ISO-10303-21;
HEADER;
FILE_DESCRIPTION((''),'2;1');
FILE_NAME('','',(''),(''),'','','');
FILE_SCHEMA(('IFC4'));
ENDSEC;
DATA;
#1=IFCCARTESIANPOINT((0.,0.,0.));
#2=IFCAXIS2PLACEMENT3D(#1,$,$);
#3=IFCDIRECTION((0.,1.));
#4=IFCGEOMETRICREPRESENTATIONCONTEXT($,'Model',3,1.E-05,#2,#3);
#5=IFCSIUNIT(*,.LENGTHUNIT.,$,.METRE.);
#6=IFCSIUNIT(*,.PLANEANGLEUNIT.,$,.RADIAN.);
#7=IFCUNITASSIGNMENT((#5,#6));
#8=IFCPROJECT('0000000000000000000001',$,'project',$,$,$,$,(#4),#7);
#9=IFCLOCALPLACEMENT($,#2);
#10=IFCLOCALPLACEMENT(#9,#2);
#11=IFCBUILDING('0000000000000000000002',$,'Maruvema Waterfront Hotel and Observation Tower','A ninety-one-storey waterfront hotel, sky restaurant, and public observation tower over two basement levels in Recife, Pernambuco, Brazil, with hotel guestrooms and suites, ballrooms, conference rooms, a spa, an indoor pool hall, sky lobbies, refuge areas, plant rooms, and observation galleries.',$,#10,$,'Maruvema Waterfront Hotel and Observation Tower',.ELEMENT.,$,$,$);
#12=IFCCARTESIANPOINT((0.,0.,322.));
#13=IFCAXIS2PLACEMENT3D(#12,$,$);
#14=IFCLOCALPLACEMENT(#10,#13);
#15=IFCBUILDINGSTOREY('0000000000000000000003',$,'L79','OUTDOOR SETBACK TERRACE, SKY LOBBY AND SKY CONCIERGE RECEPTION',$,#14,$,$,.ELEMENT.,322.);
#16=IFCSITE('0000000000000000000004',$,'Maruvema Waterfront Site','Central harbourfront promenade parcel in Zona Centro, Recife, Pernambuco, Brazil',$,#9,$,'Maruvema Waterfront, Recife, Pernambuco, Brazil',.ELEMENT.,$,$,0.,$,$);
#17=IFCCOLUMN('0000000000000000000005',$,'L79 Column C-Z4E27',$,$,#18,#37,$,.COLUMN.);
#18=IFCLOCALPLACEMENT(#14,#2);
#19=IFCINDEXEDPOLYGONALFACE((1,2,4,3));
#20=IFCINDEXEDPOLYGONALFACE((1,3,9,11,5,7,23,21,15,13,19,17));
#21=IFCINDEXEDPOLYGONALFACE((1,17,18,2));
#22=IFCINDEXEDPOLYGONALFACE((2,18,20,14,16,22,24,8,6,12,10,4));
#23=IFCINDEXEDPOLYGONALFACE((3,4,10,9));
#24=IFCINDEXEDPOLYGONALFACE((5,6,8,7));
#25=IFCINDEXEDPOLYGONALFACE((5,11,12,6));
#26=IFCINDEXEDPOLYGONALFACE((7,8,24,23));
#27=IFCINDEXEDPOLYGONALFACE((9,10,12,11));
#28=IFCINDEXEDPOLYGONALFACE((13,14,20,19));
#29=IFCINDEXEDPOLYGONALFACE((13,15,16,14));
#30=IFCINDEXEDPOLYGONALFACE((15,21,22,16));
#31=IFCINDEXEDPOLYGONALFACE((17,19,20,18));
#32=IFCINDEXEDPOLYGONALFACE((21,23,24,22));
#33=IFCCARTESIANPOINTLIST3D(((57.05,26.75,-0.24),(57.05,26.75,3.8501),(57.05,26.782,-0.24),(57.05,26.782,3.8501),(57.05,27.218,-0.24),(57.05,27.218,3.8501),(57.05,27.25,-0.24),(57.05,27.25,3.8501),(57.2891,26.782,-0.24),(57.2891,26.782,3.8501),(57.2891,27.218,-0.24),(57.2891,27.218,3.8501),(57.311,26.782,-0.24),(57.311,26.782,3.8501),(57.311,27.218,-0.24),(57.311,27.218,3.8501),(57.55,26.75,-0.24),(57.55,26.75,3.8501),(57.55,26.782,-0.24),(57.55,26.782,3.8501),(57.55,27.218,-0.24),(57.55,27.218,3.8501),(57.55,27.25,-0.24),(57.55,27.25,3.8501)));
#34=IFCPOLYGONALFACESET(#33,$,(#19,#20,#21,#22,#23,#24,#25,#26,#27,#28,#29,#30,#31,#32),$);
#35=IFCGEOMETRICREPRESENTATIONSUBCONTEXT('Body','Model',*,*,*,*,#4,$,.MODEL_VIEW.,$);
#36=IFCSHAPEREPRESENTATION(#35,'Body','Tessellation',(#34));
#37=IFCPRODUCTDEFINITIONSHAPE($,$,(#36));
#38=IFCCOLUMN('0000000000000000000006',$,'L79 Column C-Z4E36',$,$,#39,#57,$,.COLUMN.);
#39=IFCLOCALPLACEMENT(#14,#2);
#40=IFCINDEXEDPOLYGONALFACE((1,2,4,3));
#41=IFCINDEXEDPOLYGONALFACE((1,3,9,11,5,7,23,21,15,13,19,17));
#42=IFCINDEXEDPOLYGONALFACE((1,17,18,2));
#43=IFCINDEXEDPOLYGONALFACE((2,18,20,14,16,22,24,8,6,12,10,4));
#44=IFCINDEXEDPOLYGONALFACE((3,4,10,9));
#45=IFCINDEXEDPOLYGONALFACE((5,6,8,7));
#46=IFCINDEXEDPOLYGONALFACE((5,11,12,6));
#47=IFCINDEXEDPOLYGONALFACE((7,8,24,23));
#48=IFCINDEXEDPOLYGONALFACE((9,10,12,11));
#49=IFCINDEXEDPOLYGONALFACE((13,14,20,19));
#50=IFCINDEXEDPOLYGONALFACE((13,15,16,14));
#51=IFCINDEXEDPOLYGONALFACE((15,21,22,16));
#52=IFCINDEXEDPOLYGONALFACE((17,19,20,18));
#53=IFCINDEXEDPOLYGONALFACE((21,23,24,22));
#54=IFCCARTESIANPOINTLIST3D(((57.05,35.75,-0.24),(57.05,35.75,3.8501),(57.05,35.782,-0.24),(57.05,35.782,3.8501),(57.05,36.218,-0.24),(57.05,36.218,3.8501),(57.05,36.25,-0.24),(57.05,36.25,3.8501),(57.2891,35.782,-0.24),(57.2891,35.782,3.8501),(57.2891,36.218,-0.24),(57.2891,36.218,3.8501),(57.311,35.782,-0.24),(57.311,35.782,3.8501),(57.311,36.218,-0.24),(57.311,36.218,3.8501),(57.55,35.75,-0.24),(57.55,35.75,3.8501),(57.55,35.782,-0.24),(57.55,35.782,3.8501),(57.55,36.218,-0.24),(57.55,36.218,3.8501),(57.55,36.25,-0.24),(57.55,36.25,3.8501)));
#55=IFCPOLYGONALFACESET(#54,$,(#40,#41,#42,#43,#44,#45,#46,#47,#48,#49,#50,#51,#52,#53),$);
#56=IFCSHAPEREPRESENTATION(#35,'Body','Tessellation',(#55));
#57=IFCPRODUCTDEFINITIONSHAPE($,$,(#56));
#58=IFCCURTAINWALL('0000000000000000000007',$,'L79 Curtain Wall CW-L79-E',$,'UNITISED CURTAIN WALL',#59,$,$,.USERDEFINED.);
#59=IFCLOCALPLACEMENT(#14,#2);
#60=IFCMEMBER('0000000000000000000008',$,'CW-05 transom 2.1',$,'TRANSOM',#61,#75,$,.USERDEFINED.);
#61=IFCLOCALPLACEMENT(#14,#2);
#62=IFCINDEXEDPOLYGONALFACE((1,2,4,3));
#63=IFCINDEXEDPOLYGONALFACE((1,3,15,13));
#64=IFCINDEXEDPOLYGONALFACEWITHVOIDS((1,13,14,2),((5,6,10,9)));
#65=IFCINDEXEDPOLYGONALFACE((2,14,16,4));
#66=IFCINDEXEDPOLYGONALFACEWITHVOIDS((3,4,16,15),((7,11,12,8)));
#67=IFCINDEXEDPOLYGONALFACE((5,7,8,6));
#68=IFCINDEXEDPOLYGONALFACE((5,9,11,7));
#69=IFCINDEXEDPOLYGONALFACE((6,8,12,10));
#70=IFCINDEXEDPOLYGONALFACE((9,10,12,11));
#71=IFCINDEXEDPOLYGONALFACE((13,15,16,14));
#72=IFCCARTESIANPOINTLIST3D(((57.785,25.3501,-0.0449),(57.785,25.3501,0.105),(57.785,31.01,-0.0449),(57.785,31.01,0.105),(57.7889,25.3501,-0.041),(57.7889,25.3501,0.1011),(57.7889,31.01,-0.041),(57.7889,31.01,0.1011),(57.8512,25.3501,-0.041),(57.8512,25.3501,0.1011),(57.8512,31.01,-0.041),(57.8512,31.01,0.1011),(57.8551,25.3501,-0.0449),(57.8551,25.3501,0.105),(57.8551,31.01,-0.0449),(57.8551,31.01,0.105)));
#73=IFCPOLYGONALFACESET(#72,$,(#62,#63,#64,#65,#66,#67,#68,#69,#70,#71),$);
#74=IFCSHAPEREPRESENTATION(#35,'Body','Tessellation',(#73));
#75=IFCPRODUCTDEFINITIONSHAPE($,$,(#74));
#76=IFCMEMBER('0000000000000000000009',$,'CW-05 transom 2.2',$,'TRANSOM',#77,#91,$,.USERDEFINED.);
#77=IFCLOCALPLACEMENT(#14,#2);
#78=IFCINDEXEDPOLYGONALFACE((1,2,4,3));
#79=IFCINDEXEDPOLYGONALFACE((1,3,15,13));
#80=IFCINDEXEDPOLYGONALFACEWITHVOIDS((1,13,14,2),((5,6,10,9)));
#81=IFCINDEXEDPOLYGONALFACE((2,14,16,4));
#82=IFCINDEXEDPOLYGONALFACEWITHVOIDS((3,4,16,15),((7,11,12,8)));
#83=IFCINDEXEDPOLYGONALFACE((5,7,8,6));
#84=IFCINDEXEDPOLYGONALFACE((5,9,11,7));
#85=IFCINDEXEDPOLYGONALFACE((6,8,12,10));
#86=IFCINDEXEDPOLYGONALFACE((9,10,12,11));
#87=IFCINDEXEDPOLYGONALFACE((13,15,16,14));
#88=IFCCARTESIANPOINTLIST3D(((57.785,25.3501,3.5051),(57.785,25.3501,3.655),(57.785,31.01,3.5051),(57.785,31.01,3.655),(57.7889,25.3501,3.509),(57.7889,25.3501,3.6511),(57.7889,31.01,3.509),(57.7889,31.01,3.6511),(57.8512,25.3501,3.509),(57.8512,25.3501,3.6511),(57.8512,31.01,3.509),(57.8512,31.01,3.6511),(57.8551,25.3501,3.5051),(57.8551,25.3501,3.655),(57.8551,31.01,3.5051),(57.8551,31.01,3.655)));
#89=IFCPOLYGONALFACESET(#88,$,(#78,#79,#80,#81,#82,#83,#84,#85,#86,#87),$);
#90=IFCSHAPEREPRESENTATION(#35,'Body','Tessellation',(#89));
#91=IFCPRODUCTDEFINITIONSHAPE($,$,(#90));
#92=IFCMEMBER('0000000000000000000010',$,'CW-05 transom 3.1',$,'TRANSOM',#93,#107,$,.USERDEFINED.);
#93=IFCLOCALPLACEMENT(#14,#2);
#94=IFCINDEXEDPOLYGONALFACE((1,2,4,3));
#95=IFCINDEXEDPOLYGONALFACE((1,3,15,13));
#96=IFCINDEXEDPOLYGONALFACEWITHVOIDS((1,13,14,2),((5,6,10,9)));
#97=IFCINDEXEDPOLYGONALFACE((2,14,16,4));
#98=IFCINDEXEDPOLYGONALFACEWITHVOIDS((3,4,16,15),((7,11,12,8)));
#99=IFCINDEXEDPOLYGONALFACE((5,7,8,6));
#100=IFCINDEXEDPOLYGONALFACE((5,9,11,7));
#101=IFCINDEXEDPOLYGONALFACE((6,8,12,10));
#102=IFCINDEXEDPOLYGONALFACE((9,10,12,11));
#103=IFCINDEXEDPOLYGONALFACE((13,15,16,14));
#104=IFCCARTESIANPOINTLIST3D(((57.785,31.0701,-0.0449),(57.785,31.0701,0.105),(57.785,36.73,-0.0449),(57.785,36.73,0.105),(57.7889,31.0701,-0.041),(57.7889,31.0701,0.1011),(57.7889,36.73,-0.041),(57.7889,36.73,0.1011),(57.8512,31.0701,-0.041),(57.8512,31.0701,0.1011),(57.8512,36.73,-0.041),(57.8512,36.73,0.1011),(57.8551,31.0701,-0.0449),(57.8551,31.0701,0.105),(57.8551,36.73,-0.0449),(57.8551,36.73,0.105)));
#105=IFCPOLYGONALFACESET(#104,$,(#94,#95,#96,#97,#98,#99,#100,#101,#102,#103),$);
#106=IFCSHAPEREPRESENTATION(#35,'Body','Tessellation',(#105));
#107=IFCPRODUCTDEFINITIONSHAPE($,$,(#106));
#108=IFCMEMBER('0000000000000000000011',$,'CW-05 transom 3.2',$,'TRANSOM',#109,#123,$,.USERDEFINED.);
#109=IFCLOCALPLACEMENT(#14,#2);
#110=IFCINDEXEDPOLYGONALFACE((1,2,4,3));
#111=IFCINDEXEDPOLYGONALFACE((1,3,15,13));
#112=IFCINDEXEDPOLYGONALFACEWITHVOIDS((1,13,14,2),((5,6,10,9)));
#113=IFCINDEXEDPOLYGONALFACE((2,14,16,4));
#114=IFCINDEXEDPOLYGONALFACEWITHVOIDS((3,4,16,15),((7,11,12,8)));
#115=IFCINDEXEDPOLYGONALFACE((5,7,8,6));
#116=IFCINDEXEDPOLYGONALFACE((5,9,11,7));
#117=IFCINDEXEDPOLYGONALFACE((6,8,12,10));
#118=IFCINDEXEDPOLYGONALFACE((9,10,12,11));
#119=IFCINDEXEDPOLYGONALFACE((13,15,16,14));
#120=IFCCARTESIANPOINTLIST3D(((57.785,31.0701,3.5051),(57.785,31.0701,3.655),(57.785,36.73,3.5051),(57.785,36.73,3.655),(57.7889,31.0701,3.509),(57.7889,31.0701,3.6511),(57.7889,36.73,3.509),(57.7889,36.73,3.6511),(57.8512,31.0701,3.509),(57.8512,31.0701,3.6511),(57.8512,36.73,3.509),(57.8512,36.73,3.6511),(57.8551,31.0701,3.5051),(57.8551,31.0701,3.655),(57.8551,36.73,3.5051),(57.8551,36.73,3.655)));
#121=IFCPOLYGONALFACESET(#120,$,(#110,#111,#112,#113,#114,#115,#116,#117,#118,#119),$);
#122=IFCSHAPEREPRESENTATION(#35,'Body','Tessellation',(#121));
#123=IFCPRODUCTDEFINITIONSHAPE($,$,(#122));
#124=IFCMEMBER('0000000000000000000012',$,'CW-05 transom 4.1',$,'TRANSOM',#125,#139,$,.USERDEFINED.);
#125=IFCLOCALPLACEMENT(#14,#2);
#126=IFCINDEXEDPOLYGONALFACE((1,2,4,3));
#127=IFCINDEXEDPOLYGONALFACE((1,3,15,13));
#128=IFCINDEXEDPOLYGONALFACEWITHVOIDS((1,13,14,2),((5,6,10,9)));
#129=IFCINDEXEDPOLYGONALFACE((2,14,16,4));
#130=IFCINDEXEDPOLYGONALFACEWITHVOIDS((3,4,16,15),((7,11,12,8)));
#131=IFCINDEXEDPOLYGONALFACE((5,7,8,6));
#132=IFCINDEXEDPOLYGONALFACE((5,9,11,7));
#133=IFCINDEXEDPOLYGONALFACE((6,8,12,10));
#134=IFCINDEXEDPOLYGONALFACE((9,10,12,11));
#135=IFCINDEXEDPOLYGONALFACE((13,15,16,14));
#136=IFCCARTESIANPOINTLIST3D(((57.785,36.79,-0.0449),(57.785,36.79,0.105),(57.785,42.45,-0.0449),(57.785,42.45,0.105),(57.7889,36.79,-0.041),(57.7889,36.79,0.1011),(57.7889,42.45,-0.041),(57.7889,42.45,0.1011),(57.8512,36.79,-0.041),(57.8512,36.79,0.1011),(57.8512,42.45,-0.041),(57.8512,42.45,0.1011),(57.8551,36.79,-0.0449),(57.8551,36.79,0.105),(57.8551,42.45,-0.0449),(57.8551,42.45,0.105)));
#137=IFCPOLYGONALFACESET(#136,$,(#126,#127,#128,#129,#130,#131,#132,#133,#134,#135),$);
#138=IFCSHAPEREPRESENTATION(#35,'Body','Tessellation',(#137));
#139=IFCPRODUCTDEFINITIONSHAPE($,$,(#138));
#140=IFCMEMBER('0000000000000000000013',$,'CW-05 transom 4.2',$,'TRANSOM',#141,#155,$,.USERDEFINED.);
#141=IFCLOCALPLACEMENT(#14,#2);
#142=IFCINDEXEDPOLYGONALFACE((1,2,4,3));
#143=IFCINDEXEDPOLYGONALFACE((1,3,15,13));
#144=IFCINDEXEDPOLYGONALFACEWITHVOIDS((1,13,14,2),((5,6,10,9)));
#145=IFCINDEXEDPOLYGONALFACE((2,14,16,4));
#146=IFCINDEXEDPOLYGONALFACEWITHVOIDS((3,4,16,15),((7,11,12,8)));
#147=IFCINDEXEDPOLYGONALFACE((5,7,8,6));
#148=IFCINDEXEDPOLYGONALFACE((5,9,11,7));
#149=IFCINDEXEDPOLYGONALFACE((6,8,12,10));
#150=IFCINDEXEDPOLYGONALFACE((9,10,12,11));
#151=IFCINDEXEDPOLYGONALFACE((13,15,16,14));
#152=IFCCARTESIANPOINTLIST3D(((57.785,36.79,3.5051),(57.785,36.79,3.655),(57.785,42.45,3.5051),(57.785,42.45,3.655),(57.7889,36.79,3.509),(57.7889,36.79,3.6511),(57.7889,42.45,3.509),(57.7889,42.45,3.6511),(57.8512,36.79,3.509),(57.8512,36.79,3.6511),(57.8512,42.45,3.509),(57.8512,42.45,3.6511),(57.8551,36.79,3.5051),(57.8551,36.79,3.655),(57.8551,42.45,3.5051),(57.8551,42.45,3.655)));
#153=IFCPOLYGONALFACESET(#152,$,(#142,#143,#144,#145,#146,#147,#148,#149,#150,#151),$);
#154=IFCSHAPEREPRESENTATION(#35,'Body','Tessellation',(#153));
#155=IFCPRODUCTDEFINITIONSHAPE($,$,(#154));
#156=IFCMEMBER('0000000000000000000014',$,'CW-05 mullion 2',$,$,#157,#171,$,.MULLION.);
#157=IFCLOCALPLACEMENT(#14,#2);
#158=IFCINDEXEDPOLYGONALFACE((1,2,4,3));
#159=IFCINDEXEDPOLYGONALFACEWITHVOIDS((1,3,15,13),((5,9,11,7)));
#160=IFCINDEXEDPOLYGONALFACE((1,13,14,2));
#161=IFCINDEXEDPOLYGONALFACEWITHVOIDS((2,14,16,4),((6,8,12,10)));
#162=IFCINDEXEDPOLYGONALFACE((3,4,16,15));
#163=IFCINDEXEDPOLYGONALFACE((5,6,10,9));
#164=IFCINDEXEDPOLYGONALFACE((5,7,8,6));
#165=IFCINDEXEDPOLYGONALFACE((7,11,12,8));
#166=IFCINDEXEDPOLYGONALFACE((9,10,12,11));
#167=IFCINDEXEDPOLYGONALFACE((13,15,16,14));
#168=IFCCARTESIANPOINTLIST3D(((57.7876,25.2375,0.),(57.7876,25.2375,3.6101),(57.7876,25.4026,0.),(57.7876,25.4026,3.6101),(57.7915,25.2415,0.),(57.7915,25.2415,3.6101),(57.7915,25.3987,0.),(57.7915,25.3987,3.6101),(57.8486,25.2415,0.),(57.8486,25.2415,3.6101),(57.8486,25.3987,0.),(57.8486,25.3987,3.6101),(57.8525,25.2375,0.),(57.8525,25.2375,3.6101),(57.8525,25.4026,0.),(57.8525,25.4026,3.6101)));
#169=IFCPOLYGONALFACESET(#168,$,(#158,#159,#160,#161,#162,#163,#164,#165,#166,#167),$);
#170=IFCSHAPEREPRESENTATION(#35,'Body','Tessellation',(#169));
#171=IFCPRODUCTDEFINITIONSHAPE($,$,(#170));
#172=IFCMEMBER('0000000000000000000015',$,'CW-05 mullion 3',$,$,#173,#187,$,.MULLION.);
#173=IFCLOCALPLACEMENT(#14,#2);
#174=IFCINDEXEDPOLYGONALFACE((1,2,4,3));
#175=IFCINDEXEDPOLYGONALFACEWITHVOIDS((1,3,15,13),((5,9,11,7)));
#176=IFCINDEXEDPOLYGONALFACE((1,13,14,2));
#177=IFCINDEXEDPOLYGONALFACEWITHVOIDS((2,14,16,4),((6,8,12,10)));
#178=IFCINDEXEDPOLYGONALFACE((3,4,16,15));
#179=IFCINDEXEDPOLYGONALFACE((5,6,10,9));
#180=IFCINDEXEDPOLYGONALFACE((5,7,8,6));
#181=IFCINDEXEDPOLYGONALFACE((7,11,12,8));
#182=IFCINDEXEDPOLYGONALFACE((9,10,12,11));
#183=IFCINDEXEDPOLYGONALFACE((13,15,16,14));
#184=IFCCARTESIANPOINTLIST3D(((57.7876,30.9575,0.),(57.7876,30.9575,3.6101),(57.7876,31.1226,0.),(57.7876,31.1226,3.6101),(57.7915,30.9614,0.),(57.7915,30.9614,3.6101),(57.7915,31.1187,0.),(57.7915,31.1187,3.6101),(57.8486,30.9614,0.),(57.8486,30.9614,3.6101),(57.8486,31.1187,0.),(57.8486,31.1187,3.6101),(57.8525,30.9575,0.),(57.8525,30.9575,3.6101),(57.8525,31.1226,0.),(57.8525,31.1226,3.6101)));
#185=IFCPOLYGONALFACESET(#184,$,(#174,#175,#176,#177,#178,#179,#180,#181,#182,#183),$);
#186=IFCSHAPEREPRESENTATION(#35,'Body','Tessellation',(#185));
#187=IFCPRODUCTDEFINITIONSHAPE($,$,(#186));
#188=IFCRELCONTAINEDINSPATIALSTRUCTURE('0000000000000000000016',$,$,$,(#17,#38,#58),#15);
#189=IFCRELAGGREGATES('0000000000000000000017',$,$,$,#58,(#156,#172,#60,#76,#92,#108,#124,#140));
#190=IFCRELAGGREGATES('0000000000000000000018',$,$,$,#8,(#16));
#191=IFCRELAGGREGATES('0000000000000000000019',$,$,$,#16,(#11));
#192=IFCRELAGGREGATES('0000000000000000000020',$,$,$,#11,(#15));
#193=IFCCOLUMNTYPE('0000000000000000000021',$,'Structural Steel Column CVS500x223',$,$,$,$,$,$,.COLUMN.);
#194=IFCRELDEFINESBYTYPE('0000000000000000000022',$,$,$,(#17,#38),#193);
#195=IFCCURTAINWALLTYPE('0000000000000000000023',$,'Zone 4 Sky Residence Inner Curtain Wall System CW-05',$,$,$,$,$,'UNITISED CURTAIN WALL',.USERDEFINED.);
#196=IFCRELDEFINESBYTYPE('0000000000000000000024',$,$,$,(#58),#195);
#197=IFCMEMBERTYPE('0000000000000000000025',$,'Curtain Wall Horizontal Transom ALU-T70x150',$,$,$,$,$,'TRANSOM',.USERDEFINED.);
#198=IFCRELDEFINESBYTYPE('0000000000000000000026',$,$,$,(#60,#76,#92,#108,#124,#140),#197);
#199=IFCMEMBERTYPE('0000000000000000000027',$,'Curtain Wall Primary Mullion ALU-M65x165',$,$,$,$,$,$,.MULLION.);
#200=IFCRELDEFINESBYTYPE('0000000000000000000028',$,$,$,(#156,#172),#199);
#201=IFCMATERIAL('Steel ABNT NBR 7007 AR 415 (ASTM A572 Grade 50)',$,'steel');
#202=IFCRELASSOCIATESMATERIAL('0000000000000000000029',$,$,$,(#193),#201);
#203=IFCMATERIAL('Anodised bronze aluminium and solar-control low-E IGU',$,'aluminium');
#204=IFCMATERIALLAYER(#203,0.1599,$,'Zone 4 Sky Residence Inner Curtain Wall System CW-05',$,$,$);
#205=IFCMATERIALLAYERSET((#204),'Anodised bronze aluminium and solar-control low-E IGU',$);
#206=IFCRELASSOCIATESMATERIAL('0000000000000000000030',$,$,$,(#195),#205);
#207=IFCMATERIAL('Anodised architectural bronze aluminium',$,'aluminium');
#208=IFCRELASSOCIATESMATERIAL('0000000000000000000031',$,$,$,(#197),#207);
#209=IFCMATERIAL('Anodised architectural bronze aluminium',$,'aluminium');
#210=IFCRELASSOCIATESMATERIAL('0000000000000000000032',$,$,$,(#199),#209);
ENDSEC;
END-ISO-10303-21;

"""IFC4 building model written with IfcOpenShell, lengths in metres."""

from ifc_helpers import new_model, si_unit, direction, frame, origin, origin_2d, place, context, subcontext, project, spatial, hollow_rectangle, i_section, extrude, material, layer, layer_set, material_profile, profile_set, type_object, element, aggregate, save


model = new_model("IFC4")

# Units and contexts
model_context = context("Model", 3, precision=1e-05, world=origin(), true_north=direction((0.0, 1.0)))
body_context = subcontext(model_context, "Body", "Model", "MODEL_VIEW")
ifc_project = project(units=[si_unit("LENGTHUNIT", "METRE"), si_unit("PLANEANGLEUNIT", "RADIAN")], contexts=[model_context])

# Site, building, storey
site_placement = place(None, origin())
site = spatial("IfcSite", under=ifc_project, at=site_placement, Name="Maruvema Waterfront Site", Description="Central harbourfront promenade parcel in Zona Centro, Recife, Pernambuco, Brazil", LongName="Maruvema Waterfront, Recife, Pernambuco, Brazil", CompositionType="ELEMENT", RefElevation=0.0)
building_placement = place(site_placement, origin())
building = spatial("IfcBuilding", under=site, at=building_placement, Name="Maruvema Waterfront Hotel and Observation Tower", Description="A ninety-one-storey waterfront hotel, sky restaurant, and public observation tower over two basement levels in Recife, Pernambuco, Brazil, with hotel guestrooms and suites, ballrooms, conference rooms, a spa, an indoor pool hall, sky lobbies, refuge areas, plant rooms, and observation galleries.", LongName="Maruvema Waterfront Hotel and Observation Tower", CompositionType="ELEMENT")
storey_placement = place(building_placement, frame((0.0, 0.0, 322.0)))
storey = spatial("IfcBuildingStorey", under=building, at=storey_placement, Name="L79", Description="OUTDOOR SETBACK TERRACE, SKY LOBBY AND SKY CONCIERGE RECEPTION", CompositionType="ELEMENT", Elevation=322.0)

# Columns
ifc_material_1 = material(Name="Steel ABNT NBR 7007 AR 415 (ASTM A572 Grade 50)", Category="steel")
ifc_material_profile_1 = material_profile(ifc_material_1, i_section(OverallWidth=0.5, OverallDepth=0.5, WebThickness=0.022, FlangeThickness=0.032, at=origin_2d()), Name="CVS500x223")
ifc_profile_set_1 = profile_set([ifc_material_profile_1], Name="Steel ABNT NBR 7007 AR 415 (ASTM A572 Grade 50)")
column_type = type_object("IfcColumnType", Name="Structural Steel Column CVS500x223", PredefinedType="COLUMN", material=ifc_profile_set_1)
for number, where, z_axis, x_axis, name in (
    (1, (57.3, 27.0, -0.24), (0.0, 0.0, 1.0), (1.0, 0.0, 0.0), "L79 Column C-Z4E27"),
    (2, (57.3, 36.0, -0.24), (0.0, 0.0, 1.0), (1.0, 0.0, 0.0), "L79 Column C-Z4E36"),
):
    element("IfcColumn", number, at=place(storey_placement, frame(where, z_axis=z_axis, x_axis=x_axis)), inside=storey, type_object=column_type, Name=name, PredefinedType="COLUMN", context=body_context, shape_type="SweptSolid", body=[
        extrude(i_section(OverallWidth=0.5, OverallDepth=0.5, WebThickness=0.022, FlangeThickness=0.032, at=origin_2d()), origin(), (0.0, 0.0, 1.0), 4.0901),
    ])

# Curtain wall, members
ifc_material_2 = material(Name="Anodised bronze aluminium and solar-control low-E IGU", Category="aluminium")
ifc_layer_1 = layer(ifc_material_2, 0.1599, Name="Zone 4 Sky Residence Inner Curtain Wall System CW-05")
ifc_layer_set_1 = layer_set([ifc_layer_1], Name="Anodised bronze aluminium and solar-control low-E IGU")
curtain_wall_type = type_object("IfcCurtainWallType", Name="Zone 4 Sky Residence Inner Curtain Wall System CW-05", ElementType="UNITISED CURTAIN WALL", PredefinedType="USERDEFINED", material=ifc_layer_set_1)
curtain_wall_placement = place(storey_placement, origin())
curtain_wall = element("IfcCurtainWall", 3, at=curtain_wall_placement, inside=storey, type_object=curtain_wall_type, Name="L79 Curtain Wall CW-L79-E", ObjectType="UNITISED CURTAIN WALL", PredefinedType="USERDEFINED")
ifc_material_3 = material(Name="Anodised architectural bronze aluminium", Category="aluminium")
ifc_material_profile_2 = material_profile(ifc_material_3, hollow_rectangle(XDim=0.0701, YDim=0.1499, WallThickness=0.0039, at=origin_2d()), Name="ALU-T70x150")
ifc_profile_set_2 = profile_set([ifc_material_profile_2], Name="Anodised architectural bronze aluminium")
member_type_1 = type_object("IfcMemberType", Name="Curtain Wall Horizontal Transom ALU-T70x150", ElementType="TRANSOM", PredefinedType="USERDEFINED", material=ifc_profile_set_2)
member_1_placement = place(storey_placement, frame((57.8201, 25.3501, 0.03), z_axis=(0.0, 1.0, 0.0), x_axis=(-1.0, 0.0, 0.0)))
member_1 = element("IfcMember", 4, at=member_1_placement, type_object=member_type_1, Name="CW-05 transom 2.1", ObjectType="TRANSOM", PredefinedType="USERDEFINED", context=body_context, shape_type="SweptSolid", body=[
    extrude(hollow_rectangle(XDim=0.0701, YDim=0.1499, WallThickness=0.0039, at=origin_2d()), origin(), (0.0, 0.0, 1.0), 5.6599),
])
member_2_placement = place(storey_placement, frame((57.8201, 25.3501, 3.5801), z_axis=(0.0, 1.0, 0.0), x_axis=(-1.0, 0.0, 0.0)))
member_2 = element("IfcMember", 5, at=member_2_placement, type_object=member_type_1, Name="CW-05 transom 2.2", ObjectType="TRANSOM", PredefinedType="USERDEFINED", context=body_context, shape_type="SweptSolid", body=[
    extrude(hollow_rectangle(XDim=0.0701, YDim=0.1499, WallThickness=0.0039, at=origin_2d()), origin(), (0.0, 0.0, 1.0), 5.6599),
])
member_3_placement = place(storey_placement, frame((57.8201, 31.0701, 0.03), z_axis=(0.0, 1.0, 0.0), x_axis=(-1.0, 0.0, 0.0)))
member_3 = element("IfcMember", 6, at=member_3_placement, type_object=member_type_1, Name="CW-05 transom 3.1", ObjectType="TRANSOM", PredefinedType="USERDEFINED", context=body_context, shape_type="SweptSolid", body=[
    extrude(hollow_rectangle(XDim=0.0701, YDim=0.1499, WallThickness=0.0039, at=origin_2d()), origin(), (0.0, 0.0, 1.0), 5.6599),
])
member_4_placement = place(storey_placement, frame((57.8201, 31.0701, 3.5801), z_axis=(0.0, 1.0, 0.0), x_axis=(-1.0, 0.0, 0.0)))
member_4 = element("IfcMember", 7, at=member_4_placement, type_object=member_type_1, Name="CW-05 transom 3.2", ObjectType="TRANSOM", PredefinedType="USERDEFINED", context=body_context, shape_type="SweptSolid", body=[
    extrude(hollow_rectangle(XDim=0.0701, YDim=0.1499, WallThickness=0.0039, at=origin_2d()), origin(), (0.0, 0.0, 1.0), 5.6599),
])
member_5_placement = place(storey_placement, frame((57.8201, 36.79, 0.03), z_axis=(0.0, 1.0, 0.0), x_axis=(-1.0, 0.0, 0.0)))
member_5 = element("IfcMember", 8, at=member_5_placement, type_object=member_type_1, Name="CW-05 transom 4.1", ObjectType="TRANSOM", PredefinedType="USERDEFINED", context=body_context, shape_type="SweptSolid", body=[
    extrude(hollow_rectangle(XDim=0.0701, YDim=0.1499, WallThickness=0.0039, at=origin_2d()), origin(), (0.0, 0.0, 1.0), 5.6599),
])
member_6_placement = place(storey_placement, frame((57.8201, 36.79, 3.5801), z_axis=(0.0, 1.0, 0.0), x_axis=(-1.0, 0.0, 0.0)))
member_6 = element("IfcMember", 9, at=member_6_placement, type_object=member_type_1, Name="CW-05 transom 4.2", ObjectType="TRANSOM", PredefinedType="USERDEFINED", context=body_context, shape_type="SweptSolid", body=[
    extrude(hollow_rectangle(XDim=0.0701, YDim=0.1499, WallThickness=0.0039, at=origin_2d()), origin(), (0.0, 0.0, 1.0), 5.6599),
])
ifc_material_4 = material(Name="Anodised architectural bronze aluminium", Category="aluminium")
ifc_material_profile_3 = material_profile(ifc_material_4, hollow_rectangle(XDim=0.0649, YDim=0.165, WallThickness=0.0039, at=origin_2d()), Name="ALU-M65x165")
ifc_profile_set_3 = profile_set([ifc_material_profile_3], Name="Anodised architectural bronze aluminium")
member_type_2 = type_object("IfcMemberType", Name="Curtain Wall Primary Mullion ALU-M65x165", PredefinedType="MULLION", material=ifc_profile_set_3)
member_7_placement = place(storey_placement, frame((57.8201, 25.3201, 0.0), z_axis=(0.0, 0.0, 1.0), x_axis=(-1.0, 0.0, 0.0)))
member_7 = element("IfcMember", 10, at=member_7_placement, type_object=member_type_2, Name="CW-05 mullion 2", PredefinedType="MULLION", context=body_context, shape_type="SweptSolid", body=[
    extrude(hollow_rectangle(XDim=0.0649, YDim=0.165, WallThickness=0.0039, at=origin_2d()), origin(), (0.0, 0.0, 1.0), 3.6101),
])
member_8_placement = place(storey_placement, frame((57.8201, 31.04, 0.0), z_axis=(0.0, 0.0, 1.0), x_axis=(-1.0, 0.0, 0.0)))
member_8 = element("IfcMember", 11, at=member_8_placement, type_object=member_type_2, Name="CW-05 mullion 3", PredefinedType="MULLION", context=body_context, shape_type="SweptSolid", body=[
    extrude(hollow_rectangle(XDim=0.0649, YDim=0.165, WallThickness=0.0039, at=origin_2d()), origin(), (0.0, 0.0, 1.0), 3.6101),
])
aggregate(curtain_wall, [member_7, member_8, member_1, member_2, member_3, member_4, member_5, member_6])

save(model, "model.ifc")
